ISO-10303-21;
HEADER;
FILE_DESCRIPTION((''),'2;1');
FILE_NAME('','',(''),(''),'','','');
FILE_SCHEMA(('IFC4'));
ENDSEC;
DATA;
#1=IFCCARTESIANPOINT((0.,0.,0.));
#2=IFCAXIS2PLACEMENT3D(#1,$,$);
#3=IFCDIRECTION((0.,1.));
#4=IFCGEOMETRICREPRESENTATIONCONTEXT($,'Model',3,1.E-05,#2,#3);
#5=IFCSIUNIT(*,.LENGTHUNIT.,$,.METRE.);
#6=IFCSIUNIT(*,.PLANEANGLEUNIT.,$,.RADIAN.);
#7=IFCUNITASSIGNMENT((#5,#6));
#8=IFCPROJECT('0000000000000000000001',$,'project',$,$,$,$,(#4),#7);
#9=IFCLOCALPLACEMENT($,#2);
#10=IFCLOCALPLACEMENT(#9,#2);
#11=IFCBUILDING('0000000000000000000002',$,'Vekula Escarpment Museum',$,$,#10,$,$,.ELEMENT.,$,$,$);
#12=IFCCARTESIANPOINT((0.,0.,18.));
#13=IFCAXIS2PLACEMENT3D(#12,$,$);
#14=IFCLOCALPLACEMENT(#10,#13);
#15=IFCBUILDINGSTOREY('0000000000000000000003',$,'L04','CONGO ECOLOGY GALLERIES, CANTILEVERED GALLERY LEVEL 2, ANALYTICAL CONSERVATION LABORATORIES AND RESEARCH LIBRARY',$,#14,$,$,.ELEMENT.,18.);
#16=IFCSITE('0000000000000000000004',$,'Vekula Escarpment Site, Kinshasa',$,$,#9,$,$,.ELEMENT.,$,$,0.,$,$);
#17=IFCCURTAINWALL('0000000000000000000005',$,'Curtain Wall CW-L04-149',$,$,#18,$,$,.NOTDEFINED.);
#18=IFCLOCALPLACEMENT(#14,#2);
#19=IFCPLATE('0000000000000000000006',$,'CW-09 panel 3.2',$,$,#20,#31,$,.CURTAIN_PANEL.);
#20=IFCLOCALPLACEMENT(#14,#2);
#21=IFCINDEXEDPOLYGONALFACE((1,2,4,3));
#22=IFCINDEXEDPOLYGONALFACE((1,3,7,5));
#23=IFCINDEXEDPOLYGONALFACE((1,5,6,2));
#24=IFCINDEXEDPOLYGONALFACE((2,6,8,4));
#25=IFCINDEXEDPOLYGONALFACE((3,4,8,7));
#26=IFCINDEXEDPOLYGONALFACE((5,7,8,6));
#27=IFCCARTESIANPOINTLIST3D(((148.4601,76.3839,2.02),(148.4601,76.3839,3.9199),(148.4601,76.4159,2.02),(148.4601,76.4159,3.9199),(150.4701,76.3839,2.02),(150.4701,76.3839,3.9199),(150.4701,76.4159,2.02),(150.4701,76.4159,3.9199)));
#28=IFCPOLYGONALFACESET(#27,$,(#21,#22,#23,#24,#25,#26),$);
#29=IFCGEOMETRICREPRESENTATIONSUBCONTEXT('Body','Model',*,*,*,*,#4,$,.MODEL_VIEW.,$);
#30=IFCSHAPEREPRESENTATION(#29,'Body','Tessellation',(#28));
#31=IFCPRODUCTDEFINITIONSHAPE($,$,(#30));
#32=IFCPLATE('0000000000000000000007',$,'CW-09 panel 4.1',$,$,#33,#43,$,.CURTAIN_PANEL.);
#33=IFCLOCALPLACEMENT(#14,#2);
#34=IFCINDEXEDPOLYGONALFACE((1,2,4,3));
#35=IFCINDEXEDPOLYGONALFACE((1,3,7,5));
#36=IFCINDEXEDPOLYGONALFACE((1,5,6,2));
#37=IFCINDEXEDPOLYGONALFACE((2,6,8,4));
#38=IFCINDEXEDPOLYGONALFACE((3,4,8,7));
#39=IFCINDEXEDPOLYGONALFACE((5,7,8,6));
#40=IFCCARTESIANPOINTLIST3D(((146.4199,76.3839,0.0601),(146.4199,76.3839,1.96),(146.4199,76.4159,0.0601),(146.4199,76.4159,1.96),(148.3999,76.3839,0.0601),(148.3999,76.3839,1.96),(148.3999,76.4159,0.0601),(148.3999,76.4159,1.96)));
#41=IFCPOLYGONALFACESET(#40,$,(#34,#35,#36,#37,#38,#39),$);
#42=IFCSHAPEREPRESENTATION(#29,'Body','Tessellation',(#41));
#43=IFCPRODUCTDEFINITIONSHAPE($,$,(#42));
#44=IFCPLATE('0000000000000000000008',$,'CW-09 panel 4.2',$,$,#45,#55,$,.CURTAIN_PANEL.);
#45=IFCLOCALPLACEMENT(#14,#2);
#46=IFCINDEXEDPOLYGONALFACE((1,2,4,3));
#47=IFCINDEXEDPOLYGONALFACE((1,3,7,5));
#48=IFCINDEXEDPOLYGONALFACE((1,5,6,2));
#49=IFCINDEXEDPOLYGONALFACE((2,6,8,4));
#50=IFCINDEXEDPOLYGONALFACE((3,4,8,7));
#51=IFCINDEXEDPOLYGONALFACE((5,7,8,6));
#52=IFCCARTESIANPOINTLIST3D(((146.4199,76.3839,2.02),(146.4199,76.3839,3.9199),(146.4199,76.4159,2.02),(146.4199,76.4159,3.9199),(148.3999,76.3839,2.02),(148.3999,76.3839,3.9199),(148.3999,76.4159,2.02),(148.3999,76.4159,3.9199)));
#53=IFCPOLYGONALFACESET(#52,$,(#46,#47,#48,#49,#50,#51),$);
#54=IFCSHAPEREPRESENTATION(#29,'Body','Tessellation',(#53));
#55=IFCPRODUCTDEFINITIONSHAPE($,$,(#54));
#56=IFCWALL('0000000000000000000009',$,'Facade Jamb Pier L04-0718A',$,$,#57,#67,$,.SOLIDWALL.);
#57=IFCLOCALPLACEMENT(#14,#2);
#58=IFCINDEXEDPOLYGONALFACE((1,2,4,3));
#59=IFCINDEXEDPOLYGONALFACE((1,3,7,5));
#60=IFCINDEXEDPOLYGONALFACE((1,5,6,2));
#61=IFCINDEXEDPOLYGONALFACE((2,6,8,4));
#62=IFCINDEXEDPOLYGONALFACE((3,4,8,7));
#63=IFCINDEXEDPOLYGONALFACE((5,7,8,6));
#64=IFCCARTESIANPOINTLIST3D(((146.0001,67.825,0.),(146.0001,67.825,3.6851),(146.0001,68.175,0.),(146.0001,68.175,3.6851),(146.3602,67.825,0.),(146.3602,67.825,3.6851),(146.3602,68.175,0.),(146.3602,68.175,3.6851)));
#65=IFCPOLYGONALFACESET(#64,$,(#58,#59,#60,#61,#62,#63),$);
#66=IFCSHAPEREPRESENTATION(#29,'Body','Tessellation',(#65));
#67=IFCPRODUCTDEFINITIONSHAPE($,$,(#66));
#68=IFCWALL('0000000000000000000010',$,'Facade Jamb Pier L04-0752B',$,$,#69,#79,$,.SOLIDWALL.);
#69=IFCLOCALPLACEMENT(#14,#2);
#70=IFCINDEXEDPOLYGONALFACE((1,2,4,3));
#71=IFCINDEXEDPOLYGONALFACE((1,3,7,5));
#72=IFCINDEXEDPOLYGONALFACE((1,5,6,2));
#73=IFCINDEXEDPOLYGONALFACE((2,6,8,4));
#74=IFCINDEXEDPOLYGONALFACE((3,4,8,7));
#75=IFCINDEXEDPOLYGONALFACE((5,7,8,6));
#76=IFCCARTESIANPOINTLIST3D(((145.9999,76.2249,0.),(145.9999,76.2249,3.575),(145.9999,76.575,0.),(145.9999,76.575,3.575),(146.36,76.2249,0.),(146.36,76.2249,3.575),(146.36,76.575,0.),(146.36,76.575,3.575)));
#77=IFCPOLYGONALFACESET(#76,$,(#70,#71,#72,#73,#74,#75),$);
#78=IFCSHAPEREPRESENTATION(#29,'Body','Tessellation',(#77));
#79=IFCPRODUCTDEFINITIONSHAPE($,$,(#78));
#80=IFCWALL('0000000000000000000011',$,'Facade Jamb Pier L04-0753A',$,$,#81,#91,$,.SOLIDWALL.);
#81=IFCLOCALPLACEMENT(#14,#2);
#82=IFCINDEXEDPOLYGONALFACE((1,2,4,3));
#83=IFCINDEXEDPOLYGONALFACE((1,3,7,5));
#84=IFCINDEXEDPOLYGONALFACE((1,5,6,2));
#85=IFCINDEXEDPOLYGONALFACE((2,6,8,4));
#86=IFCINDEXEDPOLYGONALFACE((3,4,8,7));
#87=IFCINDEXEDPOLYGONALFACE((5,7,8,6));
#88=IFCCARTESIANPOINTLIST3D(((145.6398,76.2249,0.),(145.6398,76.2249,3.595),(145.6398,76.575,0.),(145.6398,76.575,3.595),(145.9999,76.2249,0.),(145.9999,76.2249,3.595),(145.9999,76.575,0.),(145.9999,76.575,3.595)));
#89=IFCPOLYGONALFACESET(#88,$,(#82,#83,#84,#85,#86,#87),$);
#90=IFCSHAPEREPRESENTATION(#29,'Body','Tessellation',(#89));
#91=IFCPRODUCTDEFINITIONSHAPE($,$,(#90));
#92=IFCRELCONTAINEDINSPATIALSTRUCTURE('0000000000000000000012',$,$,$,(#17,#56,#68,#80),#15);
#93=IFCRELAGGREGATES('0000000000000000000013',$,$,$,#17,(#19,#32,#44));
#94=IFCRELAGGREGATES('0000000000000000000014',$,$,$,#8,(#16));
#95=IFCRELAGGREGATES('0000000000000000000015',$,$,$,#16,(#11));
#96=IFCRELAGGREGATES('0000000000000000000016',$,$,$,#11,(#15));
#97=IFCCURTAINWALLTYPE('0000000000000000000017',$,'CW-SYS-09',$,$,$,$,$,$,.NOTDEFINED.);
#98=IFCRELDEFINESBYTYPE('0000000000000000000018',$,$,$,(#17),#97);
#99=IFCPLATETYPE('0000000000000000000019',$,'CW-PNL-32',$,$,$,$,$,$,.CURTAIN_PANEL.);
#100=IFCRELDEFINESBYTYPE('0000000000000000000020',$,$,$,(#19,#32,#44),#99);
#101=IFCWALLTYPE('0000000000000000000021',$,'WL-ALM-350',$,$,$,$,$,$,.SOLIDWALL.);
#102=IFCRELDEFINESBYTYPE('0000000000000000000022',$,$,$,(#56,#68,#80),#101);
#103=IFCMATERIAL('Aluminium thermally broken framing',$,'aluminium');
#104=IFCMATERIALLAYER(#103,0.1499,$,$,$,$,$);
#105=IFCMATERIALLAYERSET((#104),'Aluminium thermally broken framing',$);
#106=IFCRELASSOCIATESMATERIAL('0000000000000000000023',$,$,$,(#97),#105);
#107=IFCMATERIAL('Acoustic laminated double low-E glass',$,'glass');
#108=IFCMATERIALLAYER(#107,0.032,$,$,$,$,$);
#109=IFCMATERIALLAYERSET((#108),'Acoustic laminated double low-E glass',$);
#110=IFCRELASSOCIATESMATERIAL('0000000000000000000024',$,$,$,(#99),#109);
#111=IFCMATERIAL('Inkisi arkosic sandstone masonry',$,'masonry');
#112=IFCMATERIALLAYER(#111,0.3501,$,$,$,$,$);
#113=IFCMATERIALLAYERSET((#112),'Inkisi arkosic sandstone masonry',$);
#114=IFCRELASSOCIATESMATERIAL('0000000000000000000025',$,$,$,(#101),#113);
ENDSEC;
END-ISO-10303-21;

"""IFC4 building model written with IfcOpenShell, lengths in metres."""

from ifc_helpers import new_model, si_unit, direction, frame, frame_2d, origin, origin_2d, place, context, subcontext, project, spatial, rectangle, extrude, material, layer, layer_set, type_object, element, aggregate, save


model = new_model("IFC4")

# Units and contexts
model_context = context("Model", 3, precision=1e-05, world=origin(), true_north=direction((0.0, 1.0)))
body_context = subcontext(model_context, "Body", "Model", "MODEL_VIEW")
ifc_project = project(units=[si_unit("LENGTHUNIT", "METRE"), si_unit("PLANEANGLEUNIT", "RADIAN")], contexts=[model_context])

# Site, building, storey
site_placement = place(None, origin())
site = spatial("IfcSite", under=ifc_project, at=site_placement, Name="Vekula Escarpment Site, Kinshasa", CompositionType="ELEMENT", RefElevation=0.0)
building_placement = place(site_placement, origin())
building = spatial("IfcBuilding", under=site, at=building_placement, Name="Vekula Escarpment Museum", CompositionType="ELEMENT")
storey_placement = place(building_placement, frame((0.0, 0.0, 18.0)))
storey = spatial("IfcBuildingStorey", under=building, at=storey_placement, Name="L04", Description="CONGO ECOLOGY GALLERIES, CANTILEVERED GALLERY LEVEL 2, ANALYTICAL CONSERVATION LABORATORIES AND RESEARCH LIBRARY", CompositionType="ELEMENT", Elevation=18.0)

# Curtain wall
ifc_material_1 = material(Name="Aluminium thermally broken framing", Category="aluminium")
ifc_layer_1 = layer(ifc_material_1, 0.1499)
ifc_layer_set_1 = layer_set([ifc_layer_1], Name="Aluminium thermally broken framing")
curtain_wall_type_1 = type_object("IfcCurtainWallType", Name="CW-SYS-09", PredefinedType="NOTDEFINED", material=ifc_layer_set_1)
curtain_wall_1_placement = place(storey_placement, origin())
curtain_wall_1 = element("IfcCurtainWall", 1, at=curtain_wall_1_placement, inside=storey, type_object=curtain_wall_type_1, Name="Curtain Wall CW-L04-149", PredefinedType="NOTDEFINED")

# Plates
ifc_material_2 = material(Name="Acoustic laminated double low-E glass", Category="glass")
ifc_layer_2 = layer(ifc_material_2, 0.032)
ifc_layer_set_2 = layer_set([ifc_layer_2], Name="Acoustic laminated double low-E glass")
plate_type_1 = type_object("IfcPlateType", Name="CW-PNL-32", PredefinedType="CURTAIN_PANEL", material=ifc_layer_set_2)
plate_1_placement = place(storey_placement, frame((149.4651, 76.3999, 2.02), z_axis=(0.0, 0.0, 1.0), x_axis=(-1.0, 0.0, 0.0)))
plate_1 = element("IfcPlate", 2, at=plate_1_placement, type_object=plate_type_1, Name="CW-09 panel 3.2", PredefinedType="CURTAIN_PANEL", context=body_context, shape_type="SweptSolid", body=[
    extrude(rectangle(XDim=2.01, YDim=0.032, at=origin_2d()), origin(), (0.0, 0.0, 1.0), 1.8999),
])
plate_2_placement = place(storey_placement, frame((147.4099, 76.3999, 0.0601), z_axis=(0.0, 0.0, 1.0), x_axis=(-1.0, 0.0, 0.0)))
plate_2 = element("IfcPlate", 3, at=plate_2_placement, type_object=plate_type_1, Name="CW-09 panel 4.1", PredefinedType="CURTAIN_PANEL", context=body_context, shape_type="SweptSolid", body=[
    extrude(rectangle(XDim=1.98, YDim=0.032, at=origin_2d()), origin(), (0.0, 0.0, 1.0), 1.8999),
])
plate_3_placement = place(storey_placement, frame((147.4099, 76.3999, 2.02), z_axis=(0.0, 0.0, 1.0), x_axis=(-1.0, 0.0, 0.0)))
plate_3 = element("IfcPlate", 4, at=plate_3_placement, type_object=plate_type_1, Name="CW-09 panel 4.2", PredefinedType="CURTAIN_PANEL", context=body_context, shape_type="SweptSolid", body=[
    extrude(rectangle(XDim=1.98, YDim=0.032, at=origin_2d()), origin(), (0.0, 0.0, 1.0), 1.8999),
])
aggregate(curtain_wall_1, [plate_1, plate_2, plate_3])

# Walls
ifc_material_3 = material(Name="Inkisi arkosic sandstone masonry", Category="masonry")
ifc_layer_3 = layer(ifc_material_3, 0.3501)
ifc_layer_set_3 = layer_set([ifc_layer_3], Name="Inkisi arkosic sandstone masonry")
wall_type = type_object("IfcWallType", Name="WL-ALM-350", PredefinedType="SOLIDWALL", material=ifc_layer_set_3)
wall_1_placement = place(storey_placement, frame((146.0, 68.0, 0.0), z_axis=(0.0, 0.0, 1.0), x_axis=(1.0, 0.0, 0.0)))
element("IfcWall", 5, at=wall_1_placement, inside=storey, type_object=wall_type, Name="Facade Jamb Pier L04-0718A", PredefinedType="SOLIDWALL", context=body_context, shape_type="SweptSolid", body=[
    extrude(rectangle(XDim=0.3601, YDim=0.3501, at=frame_2d((0.1802, 0.0))), origin(), (0.0, 0.0, 1.0), 3.6851),
])
wall_2_placement = place(storey_placement, frame((146.3601, 76.3999, 0.0), z_axis=(0.0, 0.0, 1.0), x_axis=(-1.0, 0.0, 0.0)))
element("IfcWall", 6, at=wall_2_placement, inside=storey, type_object=wall_type, Name="Facade Jamb Pier L04-0752B", PredefinedType="SOLIDWALL", context=body_context, shape_type="SweptSolid", body=[
    extrude(rectangle(XDim=0.3601, YDim=0.3501, at=frame_2d((0.1802, 0.0))), origin(), (0.0, 0.0, 1.0), 3.575),
])
wall_3_placement = place(storey_placement, frame((146.0, 76.3999, 0.0), z_axis=(0.0, 0.0, 1.0), x_axis=(-1.0, 0.0, 0.0)))
element("IfcWall", 7, at=wall_3_placement, inside=storey, type_object=wall_type, Name="Facade Jamb Pier L04-0753A", PredefinedType="SOLIDWALL", context=body_context, shape_type="SweptSolid", body=[
    extrude(rectangle(XDim=0.3601, YDim=0.3501, at=frame_2d((0.1802, 0.0))), origin(), (0.0, 0.0, 1.0), 3.595),
])

save(model, "model.ifc")
